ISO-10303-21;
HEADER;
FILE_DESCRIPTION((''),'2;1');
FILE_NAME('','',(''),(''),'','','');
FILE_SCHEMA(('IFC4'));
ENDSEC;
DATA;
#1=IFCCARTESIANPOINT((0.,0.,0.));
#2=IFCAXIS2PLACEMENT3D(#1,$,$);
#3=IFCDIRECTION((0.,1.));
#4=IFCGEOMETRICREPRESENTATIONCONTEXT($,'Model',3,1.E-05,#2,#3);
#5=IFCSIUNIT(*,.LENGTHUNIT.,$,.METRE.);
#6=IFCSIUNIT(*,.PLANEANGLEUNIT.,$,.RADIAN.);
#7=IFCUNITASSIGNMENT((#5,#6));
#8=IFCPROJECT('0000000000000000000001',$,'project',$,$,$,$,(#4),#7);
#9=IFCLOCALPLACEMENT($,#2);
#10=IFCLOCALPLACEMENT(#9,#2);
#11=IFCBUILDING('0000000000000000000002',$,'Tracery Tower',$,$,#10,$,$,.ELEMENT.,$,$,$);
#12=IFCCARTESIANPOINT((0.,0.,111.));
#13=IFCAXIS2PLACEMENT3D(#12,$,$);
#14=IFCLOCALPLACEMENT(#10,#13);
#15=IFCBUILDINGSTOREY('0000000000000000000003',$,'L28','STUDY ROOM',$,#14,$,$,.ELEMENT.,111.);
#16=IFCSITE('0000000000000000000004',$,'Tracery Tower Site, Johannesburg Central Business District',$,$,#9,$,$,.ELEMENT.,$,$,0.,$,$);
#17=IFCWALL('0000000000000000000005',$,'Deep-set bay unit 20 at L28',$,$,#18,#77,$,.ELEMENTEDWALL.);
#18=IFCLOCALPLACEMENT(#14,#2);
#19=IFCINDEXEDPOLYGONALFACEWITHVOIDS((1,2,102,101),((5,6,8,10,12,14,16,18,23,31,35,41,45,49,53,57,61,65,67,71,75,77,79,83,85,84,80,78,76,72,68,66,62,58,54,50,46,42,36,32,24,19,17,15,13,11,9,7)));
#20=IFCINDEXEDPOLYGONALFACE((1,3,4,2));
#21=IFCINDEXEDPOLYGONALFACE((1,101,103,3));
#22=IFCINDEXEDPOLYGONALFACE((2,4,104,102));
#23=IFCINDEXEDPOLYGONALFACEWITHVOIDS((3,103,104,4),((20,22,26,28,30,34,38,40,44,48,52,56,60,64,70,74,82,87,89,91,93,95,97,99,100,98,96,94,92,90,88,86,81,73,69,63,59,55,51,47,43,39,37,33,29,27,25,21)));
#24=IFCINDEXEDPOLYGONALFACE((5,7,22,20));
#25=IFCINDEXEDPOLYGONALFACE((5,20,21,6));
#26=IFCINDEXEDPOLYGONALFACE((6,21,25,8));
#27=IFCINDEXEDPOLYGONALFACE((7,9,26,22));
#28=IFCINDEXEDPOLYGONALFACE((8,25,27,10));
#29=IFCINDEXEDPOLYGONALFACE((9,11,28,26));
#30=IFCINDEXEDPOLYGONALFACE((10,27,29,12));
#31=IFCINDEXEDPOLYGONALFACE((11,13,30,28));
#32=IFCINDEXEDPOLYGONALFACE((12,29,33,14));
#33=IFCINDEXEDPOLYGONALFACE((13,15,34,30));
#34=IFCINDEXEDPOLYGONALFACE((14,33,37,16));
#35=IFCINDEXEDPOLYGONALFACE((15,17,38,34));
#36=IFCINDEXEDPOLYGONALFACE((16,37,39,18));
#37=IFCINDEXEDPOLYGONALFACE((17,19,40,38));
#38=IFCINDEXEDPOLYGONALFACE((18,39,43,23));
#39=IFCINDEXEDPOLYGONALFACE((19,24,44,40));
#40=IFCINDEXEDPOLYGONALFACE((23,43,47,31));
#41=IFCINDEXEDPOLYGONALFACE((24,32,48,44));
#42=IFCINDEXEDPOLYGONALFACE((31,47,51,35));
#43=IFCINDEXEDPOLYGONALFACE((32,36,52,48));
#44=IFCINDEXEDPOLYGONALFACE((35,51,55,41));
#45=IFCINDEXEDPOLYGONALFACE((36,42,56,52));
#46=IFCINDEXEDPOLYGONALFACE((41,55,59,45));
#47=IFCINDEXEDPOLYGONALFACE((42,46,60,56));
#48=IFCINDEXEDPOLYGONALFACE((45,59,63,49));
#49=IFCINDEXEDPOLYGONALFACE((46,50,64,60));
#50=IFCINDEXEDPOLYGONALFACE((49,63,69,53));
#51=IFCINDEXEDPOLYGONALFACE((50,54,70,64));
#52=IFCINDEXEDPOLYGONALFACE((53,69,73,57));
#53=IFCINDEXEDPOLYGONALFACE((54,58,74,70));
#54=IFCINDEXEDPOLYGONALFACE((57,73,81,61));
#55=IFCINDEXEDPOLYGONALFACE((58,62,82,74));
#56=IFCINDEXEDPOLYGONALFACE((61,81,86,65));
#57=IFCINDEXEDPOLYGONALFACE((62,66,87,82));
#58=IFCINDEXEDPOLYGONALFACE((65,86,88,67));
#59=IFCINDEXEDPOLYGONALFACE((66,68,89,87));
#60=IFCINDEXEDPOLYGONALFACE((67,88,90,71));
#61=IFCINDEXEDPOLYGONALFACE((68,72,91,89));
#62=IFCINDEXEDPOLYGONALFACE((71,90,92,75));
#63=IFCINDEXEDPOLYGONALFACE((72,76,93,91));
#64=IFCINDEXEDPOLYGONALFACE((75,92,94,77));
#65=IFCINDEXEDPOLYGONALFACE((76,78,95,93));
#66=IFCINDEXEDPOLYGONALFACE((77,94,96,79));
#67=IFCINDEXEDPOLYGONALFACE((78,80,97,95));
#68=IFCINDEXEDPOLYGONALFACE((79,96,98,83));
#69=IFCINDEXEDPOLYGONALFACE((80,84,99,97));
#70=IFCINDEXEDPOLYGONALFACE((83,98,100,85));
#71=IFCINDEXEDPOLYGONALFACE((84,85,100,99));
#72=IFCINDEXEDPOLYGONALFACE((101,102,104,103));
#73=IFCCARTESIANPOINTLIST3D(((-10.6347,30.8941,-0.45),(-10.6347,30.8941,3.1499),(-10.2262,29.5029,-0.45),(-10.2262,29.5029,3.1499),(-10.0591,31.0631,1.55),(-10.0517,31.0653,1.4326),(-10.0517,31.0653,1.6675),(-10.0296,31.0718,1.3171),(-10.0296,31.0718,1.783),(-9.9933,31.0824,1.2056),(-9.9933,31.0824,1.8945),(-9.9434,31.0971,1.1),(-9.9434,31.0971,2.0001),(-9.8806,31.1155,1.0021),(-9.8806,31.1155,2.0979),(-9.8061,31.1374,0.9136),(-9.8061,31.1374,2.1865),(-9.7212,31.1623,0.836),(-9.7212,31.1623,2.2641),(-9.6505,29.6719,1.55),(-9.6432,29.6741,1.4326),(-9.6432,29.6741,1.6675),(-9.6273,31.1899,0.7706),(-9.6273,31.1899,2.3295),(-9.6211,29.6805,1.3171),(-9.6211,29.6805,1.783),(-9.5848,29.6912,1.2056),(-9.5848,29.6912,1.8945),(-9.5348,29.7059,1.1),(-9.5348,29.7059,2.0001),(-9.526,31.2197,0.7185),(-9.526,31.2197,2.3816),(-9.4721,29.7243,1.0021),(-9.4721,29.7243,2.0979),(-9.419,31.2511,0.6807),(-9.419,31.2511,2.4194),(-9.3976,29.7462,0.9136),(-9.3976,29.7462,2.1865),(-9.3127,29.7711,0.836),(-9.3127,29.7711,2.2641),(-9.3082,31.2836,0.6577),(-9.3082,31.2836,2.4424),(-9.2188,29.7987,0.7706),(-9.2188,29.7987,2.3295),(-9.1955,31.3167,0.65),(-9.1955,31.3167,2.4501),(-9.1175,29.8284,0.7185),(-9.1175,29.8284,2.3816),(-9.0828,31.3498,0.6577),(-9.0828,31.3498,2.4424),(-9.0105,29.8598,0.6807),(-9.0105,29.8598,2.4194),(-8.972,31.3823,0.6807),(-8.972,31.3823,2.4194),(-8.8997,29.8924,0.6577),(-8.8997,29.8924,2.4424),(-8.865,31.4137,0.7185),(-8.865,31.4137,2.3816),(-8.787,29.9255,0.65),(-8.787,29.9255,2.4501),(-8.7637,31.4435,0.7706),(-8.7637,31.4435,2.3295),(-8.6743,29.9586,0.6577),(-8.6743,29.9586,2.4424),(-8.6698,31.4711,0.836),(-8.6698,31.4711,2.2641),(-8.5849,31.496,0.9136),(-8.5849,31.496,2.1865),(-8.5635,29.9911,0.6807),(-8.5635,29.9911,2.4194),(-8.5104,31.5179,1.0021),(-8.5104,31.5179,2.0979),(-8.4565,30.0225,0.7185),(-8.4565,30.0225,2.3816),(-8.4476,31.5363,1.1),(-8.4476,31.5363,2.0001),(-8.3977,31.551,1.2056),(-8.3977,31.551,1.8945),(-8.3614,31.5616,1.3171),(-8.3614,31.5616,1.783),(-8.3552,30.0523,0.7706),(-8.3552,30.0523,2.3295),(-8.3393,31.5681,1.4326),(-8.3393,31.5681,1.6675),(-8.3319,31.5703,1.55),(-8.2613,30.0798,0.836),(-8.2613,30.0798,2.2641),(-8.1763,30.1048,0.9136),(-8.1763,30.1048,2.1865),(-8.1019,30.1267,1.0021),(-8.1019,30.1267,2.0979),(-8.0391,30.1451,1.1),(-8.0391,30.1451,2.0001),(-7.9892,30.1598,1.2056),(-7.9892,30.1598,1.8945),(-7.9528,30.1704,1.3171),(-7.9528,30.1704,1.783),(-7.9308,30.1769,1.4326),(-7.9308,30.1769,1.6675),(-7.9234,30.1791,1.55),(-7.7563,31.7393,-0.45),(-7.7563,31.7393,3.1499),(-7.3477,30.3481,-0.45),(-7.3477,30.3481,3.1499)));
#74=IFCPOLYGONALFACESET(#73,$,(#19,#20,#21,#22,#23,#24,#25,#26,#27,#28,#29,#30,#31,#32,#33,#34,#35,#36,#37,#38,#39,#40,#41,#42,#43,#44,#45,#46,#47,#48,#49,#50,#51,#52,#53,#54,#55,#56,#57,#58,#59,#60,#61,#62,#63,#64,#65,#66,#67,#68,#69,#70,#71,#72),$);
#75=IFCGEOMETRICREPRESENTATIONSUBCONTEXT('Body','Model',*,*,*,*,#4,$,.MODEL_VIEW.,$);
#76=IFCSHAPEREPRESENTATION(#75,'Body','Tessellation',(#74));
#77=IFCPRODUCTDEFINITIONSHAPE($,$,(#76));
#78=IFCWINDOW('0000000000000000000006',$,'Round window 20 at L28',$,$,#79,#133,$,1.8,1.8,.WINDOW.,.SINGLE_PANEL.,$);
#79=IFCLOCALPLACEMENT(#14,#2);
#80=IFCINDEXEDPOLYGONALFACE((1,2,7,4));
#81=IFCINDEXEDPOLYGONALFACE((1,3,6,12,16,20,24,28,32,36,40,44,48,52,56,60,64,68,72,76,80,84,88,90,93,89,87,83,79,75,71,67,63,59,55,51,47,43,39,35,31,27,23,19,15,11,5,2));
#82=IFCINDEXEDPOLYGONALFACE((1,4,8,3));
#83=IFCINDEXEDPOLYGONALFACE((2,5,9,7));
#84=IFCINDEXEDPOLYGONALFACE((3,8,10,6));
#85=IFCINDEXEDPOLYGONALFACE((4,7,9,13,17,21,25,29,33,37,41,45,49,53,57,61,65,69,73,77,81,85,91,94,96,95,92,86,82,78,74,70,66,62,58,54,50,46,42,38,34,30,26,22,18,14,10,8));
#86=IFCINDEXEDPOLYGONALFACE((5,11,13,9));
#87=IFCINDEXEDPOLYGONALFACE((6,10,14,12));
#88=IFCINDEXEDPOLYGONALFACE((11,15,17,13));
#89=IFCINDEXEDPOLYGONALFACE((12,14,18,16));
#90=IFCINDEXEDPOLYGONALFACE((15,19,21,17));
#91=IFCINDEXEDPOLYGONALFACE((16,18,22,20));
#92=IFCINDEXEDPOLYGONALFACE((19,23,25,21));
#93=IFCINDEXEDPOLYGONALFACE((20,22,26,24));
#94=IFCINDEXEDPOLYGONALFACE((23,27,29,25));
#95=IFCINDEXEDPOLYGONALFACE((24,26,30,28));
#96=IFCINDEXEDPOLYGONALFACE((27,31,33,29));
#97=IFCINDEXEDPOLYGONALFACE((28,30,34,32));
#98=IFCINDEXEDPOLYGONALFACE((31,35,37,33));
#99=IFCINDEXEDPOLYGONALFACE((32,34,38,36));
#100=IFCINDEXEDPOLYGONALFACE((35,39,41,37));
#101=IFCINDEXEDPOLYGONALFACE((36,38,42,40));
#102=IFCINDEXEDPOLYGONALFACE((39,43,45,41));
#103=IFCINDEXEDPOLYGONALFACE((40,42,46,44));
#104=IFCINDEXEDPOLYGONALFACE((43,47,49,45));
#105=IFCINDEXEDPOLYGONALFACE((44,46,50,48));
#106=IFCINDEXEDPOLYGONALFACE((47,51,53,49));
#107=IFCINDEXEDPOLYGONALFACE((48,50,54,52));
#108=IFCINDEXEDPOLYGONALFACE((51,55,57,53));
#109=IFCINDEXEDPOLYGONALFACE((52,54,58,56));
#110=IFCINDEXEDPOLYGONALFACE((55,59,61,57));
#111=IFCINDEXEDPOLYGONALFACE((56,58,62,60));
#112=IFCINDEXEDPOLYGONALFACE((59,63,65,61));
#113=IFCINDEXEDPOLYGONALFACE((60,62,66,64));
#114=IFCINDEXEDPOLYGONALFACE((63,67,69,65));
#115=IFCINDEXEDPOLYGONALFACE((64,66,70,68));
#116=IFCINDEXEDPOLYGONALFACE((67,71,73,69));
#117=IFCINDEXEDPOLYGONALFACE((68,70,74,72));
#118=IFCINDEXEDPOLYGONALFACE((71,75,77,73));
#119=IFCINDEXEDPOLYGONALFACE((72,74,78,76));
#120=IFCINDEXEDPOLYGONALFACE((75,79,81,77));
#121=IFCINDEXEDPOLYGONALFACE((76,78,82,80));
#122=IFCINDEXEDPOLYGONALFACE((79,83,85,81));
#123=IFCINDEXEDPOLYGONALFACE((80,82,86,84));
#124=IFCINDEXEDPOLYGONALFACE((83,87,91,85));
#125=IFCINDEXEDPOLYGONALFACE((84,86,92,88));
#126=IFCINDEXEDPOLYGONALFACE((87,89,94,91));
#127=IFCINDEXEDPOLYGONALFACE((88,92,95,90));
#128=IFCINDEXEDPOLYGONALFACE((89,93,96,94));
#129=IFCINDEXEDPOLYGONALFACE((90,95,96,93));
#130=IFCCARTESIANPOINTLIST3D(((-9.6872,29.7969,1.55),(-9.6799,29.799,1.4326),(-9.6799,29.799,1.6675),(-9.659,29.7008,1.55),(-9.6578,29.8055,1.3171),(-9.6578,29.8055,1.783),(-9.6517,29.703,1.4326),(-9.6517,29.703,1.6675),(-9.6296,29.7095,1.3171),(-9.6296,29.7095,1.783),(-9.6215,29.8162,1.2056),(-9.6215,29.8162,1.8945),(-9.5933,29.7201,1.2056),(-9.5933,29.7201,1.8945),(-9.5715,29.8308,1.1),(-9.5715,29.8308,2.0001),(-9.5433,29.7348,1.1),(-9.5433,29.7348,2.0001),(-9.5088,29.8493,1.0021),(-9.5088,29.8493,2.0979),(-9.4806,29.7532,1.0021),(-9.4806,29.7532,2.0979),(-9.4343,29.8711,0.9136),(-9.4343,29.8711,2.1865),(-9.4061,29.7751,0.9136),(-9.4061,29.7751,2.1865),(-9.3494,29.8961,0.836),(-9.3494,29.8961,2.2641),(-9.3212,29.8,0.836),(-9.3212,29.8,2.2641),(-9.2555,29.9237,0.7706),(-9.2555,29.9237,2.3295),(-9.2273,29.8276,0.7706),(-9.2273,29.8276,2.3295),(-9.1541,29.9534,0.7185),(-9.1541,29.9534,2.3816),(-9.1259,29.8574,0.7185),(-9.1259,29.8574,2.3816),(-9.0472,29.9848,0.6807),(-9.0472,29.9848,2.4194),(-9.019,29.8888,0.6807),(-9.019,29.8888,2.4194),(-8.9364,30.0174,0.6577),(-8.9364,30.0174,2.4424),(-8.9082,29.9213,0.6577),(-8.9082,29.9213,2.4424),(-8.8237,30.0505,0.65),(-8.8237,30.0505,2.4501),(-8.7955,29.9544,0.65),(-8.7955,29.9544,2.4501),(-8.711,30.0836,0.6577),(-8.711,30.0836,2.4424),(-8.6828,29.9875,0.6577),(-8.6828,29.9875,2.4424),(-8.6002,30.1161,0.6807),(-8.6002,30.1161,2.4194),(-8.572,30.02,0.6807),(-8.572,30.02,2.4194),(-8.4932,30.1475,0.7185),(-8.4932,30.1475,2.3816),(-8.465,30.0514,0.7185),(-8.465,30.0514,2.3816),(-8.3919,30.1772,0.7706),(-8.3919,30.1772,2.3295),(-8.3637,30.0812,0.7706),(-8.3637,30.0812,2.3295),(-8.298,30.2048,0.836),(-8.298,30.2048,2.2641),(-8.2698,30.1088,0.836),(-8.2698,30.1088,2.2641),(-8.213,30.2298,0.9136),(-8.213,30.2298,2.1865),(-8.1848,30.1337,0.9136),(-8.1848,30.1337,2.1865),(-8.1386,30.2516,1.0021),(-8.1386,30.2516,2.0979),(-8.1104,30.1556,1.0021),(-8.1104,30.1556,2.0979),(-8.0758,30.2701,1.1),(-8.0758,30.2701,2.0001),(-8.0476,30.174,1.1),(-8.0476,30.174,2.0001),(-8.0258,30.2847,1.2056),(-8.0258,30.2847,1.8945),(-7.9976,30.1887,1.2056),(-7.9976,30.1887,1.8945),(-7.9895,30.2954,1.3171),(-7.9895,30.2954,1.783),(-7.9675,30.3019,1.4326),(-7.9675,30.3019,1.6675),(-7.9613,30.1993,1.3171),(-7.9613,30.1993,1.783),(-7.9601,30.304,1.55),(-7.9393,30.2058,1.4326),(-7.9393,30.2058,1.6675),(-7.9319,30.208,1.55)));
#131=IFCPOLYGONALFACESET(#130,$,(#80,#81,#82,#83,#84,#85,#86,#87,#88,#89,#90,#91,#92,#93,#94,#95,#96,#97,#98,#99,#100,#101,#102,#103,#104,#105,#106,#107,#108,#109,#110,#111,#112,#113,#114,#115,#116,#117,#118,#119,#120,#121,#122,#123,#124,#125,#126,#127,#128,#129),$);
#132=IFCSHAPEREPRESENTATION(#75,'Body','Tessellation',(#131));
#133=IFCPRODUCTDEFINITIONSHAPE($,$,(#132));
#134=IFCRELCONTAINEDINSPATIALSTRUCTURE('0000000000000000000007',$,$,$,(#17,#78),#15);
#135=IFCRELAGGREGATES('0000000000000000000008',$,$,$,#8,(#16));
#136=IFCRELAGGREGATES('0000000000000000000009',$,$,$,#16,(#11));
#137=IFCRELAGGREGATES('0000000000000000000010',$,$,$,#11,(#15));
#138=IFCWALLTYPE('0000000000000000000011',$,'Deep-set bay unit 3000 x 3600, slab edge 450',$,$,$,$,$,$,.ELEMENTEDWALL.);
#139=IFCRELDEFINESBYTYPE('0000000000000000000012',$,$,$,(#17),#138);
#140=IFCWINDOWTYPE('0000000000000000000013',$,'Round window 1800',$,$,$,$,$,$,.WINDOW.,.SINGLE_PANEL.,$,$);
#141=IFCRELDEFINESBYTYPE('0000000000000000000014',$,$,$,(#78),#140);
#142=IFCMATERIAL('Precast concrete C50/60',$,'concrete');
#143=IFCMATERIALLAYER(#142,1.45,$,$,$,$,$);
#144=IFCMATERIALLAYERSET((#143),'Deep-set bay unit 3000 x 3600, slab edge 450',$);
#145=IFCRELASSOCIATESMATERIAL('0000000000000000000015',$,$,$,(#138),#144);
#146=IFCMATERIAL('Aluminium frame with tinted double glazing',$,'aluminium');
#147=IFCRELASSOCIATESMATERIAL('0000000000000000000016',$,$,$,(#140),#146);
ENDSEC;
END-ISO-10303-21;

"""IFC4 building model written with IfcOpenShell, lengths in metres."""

from ifc_helpers import new_model, si_unit, direction, frame, frame_2d, origin, origin_2d, place, context, subcontext, project, spatial, rectangle, circle, extrude, material, layer, layer_set, type_object, element, fill, save


model = new_model("IFC4")

# Units and contexts
model_context = context("Model", 3, precision=1e-05, world=origin(), true_north=direction((0.0, 1.0)))
body_context = subcontext(model_context, "Body", "Model", "MODEL_VIEW")
ifc_project = project(units=[si_unit("LENGTHUNIT", "METRE"), si_unit("PLANEANGLEUNIT", "RADIAN")], contexts=[model_context])

# Site, building, storey
site_placement = place(None, origin())
site = spatial("IfcSite", under=ifc_project, at=site_placement, Name="Tracery Tower Site, Johannesburg Central Business District", CompositionType="ELEMENT", RefElevation=0.0)
building_placement = place(site_placement, origin())
building = spatial("IfcBuilding", under=site, at=building_placement, Name="Tracery Tower", CompositionType="ELEMENT")
storey_placement = place(building_placement, frame((0.0, 0.0, 111.0)))
storey = spatial("IfcBuildingStorey", under=building, at=storey_placement, Name="L28", Description="STUDY ROOM", CompositionType="ELEMENT", Elevation=111.0)

# Wall, opening, window
ifc_material_1 = material(Name="Precast concrete C50/60", Category="concrete")
ifc_layer_1 = layer(ifc_material_1, 1.45)
ifc_layer_set_1 = layer_set([ifc_layer_1], Name="Deep-set bay unit 3000 x 3600, slab edge 450")
wall_type_1 = type_object("IfcWallType", Name="Deep-set bay unit 3000 x 3600, slab edge 450", PredefinedType="ELEMENTEDWALL", material=ifc_layer_set_1)
wall_1_placement = place(storey_placement, frame((-7.552, 31.0437, -0.45), z_axis=(0.0, 0.0, 1.0), x_axis=(-0.95949, -0.281743, 0.0)))
wall_1 = element("IfcWall", 1, at=wall_1_placement, inside=storey, type_object=wall_type_1, Name="Deep-set bay unit 20 at L28", PredefinedType="ELEMENTEDWALL", context=body_context, shape_type="SweptSolid", body=[
    extrude(rectangle(XDim=3.0, YDim=1.45, at=frame_2d((1.5, 0.0))), origin(), (0.0, 0.0, 1.0), 3.5999),
])
opening_1_placement = place(wall_1_placement, frame((1.5, 0.0, 2.0)))
opening_1 = element("IfcOpeningElement", 2, at=opening_1_placement, cuts=wall_1, PredefinedType="OPENING", context=body_context, shape_type="SweptSolid", body=[
    extrude(circle(Radius=0.9, at=origin_2d()), frame((0.0, 0.7349, 0.0), z_axis=(0.0, -1.0, 0.0), x_axis=(1.0, 0.0, 0.0)), (0.0, 0.0, 1.0), 1.47),
])
ifc_material_2 = material(Name="Aluminium frame with tinted double glazing", Category="aluminium")
window_type = type_object("IfcWindowType", Name="Round window 1800", PartitioningType="SINGLE_PANEL", PredefinedType="WINDOW", material=ifc_material_2)
window_1_placement = place(opening_1_placement, origin())
window_1 = element("IfcWindow", 3, at=window_1_placement, inside=storey, type_object=window_type, Name="Round window 20 at L28", OverallHeight=1.8, OverallWidth=1.8, PartitioningType="SINGLE_PANEL", PredefinedType="WINDOW", context=body_context, shape_type="SweptSolid", body=[
    extrude(circle(Radius=0.9, at=origin_2d()), frame((0.0, 0.6948, 0.0), z_axis=(0.0, -1.0, 0.0), x_axis=(1.0, 0.0, 0.0)), (0.0, 0.0, 1.0), 0.1001),
])
fill(opening_1, window_1)

save(model, "model.ifc")
